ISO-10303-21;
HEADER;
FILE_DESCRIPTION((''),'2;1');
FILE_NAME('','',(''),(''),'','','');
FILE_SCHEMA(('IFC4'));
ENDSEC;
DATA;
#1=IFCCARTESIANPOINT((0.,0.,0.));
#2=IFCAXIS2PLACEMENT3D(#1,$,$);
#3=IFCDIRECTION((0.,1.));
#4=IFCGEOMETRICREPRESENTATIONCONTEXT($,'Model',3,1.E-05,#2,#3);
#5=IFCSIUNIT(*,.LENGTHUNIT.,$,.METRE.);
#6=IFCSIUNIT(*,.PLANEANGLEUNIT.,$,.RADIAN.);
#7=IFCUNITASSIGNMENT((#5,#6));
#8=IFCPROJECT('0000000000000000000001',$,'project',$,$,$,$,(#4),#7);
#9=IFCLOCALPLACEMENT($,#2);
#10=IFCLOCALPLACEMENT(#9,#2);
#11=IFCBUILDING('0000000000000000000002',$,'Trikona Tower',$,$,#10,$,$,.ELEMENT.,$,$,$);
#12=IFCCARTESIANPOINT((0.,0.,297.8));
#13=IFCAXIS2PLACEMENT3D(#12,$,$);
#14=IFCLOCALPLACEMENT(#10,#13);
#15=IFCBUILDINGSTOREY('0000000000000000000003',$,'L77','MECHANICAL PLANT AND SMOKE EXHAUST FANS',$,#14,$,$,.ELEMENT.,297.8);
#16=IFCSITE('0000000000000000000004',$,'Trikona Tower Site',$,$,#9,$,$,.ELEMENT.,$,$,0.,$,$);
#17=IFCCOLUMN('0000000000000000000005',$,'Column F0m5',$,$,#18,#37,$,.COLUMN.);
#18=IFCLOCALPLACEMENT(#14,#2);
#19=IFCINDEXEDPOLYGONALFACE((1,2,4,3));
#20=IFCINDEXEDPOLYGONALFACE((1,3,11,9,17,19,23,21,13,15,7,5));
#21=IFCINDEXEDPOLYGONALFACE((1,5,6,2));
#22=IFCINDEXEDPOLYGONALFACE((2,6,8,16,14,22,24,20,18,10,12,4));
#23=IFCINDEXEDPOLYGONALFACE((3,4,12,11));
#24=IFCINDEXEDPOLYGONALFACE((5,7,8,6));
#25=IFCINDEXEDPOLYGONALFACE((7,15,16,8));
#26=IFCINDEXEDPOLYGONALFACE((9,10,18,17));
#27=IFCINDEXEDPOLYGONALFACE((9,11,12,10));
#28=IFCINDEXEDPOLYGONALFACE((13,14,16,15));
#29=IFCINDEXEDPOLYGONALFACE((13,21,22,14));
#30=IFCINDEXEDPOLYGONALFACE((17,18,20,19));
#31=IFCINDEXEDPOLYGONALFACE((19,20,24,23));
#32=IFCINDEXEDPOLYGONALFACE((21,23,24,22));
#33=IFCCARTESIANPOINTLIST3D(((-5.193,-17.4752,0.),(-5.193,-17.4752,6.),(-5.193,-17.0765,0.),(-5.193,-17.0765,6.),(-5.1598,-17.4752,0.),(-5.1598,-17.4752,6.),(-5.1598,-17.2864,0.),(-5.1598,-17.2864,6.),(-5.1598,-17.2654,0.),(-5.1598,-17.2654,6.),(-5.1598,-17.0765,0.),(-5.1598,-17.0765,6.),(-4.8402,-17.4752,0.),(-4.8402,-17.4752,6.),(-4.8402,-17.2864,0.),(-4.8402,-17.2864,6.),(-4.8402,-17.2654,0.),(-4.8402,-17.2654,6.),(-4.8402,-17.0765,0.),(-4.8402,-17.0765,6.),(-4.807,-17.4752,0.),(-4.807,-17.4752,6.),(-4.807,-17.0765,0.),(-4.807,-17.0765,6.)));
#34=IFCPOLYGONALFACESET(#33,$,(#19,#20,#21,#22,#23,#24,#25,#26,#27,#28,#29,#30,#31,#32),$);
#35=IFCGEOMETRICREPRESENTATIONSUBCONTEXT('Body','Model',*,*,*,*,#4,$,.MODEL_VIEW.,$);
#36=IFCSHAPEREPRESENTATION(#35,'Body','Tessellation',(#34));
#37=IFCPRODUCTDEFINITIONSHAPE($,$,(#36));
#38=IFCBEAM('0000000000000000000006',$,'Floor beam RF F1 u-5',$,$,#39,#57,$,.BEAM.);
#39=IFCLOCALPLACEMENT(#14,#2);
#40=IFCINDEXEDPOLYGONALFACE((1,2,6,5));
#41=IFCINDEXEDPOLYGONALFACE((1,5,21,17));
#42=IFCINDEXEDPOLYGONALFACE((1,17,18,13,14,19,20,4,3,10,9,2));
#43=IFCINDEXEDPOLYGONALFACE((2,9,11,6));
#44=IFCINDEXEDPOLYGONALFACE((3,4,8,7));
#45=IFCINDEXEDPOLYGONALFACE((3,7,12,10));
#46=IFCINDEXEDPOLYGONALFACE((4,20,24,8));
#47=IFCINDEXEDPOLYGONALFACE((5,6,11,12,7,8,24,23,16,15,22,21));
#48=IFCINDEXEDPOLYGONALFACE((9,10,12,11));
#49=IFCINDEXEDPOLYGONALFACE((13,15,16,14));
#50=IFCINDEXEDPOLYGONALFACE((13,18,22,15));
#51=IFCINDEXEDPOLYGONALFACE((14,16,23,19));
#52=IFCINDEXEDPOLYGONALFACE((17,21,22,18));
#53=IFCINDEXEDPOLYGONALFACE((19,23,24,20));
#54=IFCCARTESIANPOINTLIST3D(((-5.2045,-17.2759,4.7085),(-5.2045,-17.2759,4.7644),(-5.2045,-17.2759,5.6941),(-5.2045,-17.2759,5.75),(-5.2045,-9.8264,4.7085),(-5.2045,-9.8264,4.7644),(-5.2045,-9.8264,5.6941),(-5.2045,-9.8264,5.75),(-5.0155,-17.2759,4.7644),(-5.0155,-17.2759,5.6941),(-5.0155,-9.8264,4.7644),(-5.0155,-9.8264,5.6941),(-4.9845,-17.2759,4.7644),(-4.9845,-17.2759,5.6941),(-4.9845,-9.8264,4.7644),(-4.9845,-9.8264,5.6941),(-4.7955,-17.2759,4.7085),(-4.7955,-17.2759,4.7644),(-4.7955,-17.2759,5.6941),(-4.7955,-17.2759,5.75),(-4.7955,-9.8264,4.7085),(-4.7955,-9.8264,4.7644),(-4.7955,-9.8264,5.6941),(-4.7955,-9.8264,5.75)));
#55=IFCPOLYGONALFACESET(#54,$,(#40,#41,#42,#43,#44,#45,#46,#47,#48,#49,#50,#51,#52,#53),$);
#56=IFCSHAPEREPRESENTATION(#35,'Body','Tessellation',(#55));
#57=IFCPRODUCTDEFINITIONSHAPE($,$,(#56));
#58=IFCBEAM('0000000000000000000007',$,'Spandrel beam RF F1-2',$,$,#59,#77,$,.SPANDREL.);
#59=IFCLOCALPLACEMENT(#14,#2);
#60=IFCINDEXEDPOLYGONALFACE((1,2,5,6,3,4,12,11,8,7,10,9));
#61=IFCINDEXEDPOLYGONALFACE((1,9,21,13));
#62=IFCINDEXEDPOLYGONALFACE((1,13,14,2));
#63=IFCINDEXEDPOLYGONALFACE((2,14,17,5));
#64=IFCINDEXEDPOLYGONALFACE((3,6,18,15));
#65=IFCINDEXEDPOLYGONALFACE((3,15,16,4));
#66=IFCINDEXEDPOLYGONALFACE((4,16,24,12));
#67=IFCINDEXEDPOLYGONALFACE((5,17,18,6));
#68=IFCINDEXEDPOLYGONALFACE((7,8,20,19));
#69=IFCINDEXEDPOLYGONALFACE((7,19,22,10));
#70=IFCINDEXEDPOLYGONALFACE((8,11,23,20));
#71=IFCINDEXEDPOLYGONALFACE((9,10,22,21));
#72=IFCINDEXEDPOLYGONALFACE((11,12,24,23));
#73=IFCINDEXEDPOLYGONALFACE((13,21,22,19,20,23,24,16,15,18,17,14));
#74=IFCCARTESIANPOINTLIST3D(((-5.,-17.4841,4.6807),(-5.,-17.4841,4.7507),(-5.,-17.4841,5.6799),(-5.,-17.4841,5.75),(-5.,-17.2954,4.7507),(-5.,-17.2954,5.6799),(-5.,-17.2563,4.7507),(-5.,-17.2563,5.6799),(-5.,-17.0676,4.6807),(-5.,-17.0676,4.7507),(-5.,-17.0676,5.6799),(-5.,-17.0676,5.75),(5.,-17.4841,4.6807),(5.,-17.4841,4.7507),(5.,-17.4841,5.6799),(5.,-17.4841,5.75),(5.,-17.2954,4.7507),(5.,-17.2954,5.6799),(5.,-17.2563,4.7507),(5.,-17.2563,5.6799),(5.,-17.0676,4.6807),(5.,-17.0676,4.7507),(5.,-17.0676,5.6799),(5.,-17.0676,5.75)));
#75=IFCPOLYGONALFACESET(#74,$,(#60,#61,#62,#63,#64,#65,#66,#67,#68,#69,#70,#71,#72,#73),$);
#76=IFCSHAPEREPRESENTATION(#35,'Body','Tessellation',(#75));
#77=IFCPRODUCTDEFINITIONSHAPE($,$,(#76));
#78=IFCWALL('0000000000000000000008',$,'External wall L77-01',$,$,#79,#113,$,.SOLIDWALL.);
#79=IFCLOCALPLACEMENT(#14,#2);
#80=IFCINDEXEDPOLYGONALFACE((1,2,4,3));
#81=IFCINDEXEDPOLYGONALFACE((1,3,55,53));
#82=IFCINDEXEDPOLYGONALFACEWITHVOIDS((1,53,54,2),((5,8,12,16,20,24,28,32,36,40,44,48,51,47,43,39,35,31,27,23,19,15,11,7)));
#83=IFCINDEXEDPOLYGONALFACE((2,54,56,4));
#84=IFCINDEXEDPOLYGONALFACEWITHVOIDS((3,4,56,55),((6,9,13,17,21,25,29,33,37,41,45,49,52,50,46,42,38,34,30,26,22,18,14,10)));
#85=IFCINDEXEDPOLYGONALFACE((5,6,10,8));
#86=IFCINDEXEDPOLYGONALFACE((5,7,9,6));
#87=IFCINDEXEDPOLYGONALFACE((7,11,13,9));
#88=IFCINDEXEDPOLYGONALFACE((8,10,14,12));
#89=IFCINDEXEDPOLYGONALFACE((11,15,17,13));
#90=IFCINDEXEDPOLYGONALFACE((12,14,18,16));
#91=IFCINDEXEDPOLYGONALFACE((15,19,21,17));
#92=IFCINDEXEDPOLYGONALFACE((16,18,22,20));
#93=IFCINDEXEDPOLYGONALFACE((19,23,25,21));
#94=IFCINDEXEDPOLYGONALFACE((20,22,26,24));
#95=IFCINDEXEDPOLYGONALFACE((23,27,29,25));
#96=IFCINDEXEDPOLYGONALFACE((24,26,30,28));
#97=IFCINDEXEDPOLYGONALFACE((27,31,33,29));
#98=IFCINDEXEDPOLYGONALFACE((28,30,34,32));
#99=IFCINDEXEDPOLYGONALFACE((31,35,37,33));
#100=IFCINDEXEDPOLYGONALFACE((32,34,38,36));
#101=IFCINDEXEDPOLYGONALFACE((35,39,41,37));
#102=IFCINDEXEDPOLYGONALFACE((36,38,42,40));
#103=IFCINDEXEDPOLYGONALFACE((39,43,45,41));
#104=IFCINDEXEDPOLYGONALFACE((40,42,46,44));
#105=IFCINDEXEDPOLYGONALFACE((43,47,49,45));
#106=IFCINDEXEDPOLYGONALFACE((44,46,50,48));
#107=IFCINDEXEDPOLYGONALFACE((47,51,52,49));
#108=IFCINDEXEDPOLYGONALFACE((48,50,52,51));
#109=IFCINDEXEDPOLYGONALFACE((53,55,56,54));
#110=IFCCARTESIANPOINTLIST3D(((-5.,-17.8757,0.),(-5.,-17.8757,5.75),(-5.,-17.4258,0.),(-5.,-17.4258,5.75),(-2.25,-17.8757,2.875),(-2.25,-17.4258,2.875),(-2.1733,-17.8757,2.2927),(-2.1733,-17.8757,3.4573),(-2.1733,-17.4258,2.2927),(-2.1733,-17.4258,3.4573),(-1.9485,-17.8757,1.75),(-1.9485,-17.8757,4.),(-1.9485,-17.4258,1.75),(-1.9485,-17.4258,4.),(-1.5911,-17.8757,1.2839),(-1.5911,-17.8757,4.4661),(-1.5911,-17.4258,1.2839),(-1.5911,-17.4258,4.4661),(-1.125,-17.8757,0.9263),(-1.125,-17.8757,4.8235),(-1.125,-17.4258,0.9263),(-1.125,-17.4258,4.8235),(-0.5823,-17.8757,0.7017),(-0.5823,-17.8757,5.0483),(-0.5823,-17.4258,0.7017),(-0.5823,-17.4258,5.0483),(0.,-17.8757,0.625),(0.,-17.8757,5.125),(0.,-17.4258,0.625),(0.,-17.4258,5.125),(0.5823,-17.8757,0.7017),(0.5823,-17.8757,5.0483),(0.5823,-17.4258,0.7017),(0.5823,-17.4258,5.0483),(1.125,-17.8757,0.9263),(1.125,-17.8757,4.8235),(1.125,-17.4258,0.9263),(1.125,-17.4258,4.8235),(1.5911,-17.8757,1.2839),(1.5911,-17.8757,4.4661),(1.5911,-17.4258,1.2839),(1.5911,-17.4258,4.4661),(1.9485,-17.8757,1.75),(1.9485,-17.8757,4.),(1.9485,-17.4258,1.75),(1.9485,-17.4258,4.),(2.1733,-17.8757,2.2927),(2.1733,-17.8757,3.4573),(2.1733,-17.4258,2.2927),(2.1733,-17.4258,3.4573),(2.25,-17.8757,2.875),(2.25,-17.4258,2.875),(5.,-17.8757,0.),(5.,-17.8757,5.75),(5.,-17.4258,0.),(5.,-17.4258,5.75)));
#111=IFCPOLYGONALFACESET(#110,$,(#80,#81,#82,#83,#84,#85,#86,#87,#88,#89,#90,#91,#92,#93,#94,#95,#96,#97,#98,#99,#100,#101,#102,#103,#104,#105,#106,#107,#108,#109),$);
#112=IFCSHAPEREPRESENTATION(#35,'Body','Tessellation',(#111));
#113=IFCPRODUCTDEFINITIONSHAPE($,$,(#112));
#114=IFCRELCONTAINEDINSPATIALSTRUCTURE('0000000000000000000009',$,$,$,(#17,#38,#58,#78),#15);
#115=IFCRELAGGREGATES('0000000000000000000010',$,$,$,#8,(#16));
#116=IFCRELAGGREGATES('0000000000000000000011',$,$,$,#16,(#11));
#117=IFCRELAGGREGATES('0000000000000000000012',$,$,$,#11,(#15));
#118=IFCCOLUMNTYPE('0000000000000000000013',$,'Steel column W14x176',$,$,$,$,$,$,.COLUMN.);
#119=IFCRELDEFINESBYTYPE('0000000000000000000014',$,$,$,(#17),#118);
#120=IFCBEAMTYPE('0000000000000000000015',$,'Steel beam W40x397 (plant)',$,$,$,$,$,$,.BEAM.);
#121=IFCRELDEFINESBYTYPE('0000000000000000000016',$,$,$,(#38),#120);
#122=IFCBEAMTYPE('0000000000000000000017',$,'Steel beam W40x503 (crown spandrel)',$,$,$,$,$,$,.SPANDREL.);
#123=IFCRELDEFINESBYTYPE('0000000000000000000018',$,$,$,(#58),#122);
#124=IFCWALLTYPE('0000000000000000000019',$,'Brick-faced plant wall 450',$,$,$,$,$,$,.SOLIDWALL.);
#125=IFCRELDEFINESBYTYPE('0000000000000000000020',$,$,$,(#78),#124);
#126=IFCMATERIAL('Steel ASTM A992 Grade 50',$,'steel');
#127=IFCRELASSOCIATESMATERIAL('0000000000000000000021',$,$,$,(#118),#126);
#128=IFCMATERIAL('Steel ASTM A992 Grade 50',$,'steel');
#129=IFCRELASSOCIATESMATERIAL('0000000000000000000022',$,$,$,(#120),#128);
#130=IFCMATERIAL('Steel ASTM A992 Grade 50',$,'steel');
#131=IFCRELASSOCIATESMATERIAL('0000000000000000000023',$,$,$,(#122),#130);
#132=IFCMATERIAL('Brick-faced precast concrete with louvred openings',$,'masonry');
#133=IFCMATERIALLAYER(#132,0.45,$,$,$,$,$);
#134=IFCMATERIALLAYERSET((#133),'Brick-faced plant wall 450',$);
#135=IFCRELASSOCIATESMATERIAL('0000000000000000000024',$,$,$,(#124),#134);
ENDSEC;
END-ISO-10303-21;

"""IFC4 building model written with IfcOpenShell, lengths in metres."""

from ifc_helpers import new_model, si_unit, direction, frame, origin, origin_2d, place, context, subcontext, project, spatial, polyline, i_section, outline, extrude, material, layer, layer_set, material_profile, profile_set, type_object, element, save


model = new_model("IFC4")

# Units and contexts
model_context = context("Model", 3, precision=1e-05, world=origin(), true_north=direction((0.0, 1.0)))
body_context = subcontext(model_context, "Body", "Model", "MODEL_VIEW")
ifc_project = project(units=[si_unit("LENGTHUNIT", "METRE"), si_unit("PLANEANGLEUNIT", "RADIAN")], contexts=[model_context])

# Site, building, storey
site_placement = place(None, origin())
site = spatial("IfcSite", under=ifc_project, at=site_placement, Name="Trikona Tower Site", CompositionType="ELEMENT", RefElevation=0.0)
building_placement = place(site_placement, origin())
building = spatial("IfcBuilding", under=site, at=building_placement, Name="Trikona Tower", CompositionType="ELEMENT")
storey_placement = place(building_placement, frame((0.0, 0.0, 297.8)))
storey = spatial("IfcBuildingStorey", under=building, at=storey_placement, Name="L77", Description="MECHANICAL PLANT AND SMOKE EXHAUST FANS", CompositionType="ELEMENT", Elevation=297.8)

# Column
ifc_material_1 = material(Name="Steel ASTM A992 Grade 50", Category="steel")
ifc_material_profile_1 = material_profile(ifc_material_1, i_section(OverallWidth=0.3987, OverallDepth=0.386, WebThickness=0.021, FlangeThickness=0.0332, at=origin_2d()), Name="W14X176")
ifc_profile_set_1 = profile_set([ifc_material_profile_1], Name="Steel ASTM A992 Grade 50")
column_type = type_object("IfcColumnType", Name="Steel column W14x176", PredefinedType="COLUMN", material=ifc_profile_set_1)
column_placement = place(storey_placement, frame((-5.0, -17.2759, 0.0), z_axis=(0.0, 0.0, 1.0), x_axis=(0.0, -1.0, 0.0)))
element("IfcColumn", 1, at=column_placement, inside=storey, type_object=column_type, Name="Column F0m5", PredefinedType="COLUMN", context=body_context, shape_type="SweptSolid", body=[
    extrude(i_section(OverallWidth=0.3987, OverallDepth=0.386, WebThickness=0.021, FlangeThickness=0.0332, at=origin_2d()), origin(), (0.0, 0.0, 1.0), 6.0),
])

# Beams
ifc_material_2 = material(Name="Steel ASTM A992 Grade 50", Category="steel")
ifc_material_profile_2 = material_profile(ifc_material_2, i_section(OverallWidth=0.4089, OverallDepth=1.0415, WebThickness=0.031, FlangeThickness=0.0559, at=origin_2d()), Name="W40X397")
ifc_profile_set_2 = profile_set([ifc_material_profile_2], Name="Steel ASTM A992 Grade 50")
beam_type_1 = type_object("IfcBeamType", Name="Steel beam W40x397 (plant)", PredefinedType="BEAM", material=ifc_profile_set_2)
beam_1_placement = place(storey_placement, frame((-5.0, -9.8264, 5.2292), z_axis=(0.0, -1.0, 0.0), x_axis=(1.0, 0.0, 0.0)))
element("IfcBeam", 2, at=beam_1_placement, inside=storey, type_object=beam_type_1, Name="Floor beam RF F1 u-5", PredefinedType="BEAM", context=body_context, shape_type="SweptSolid", body=[
    extrude(i_section(OverallWidth=0.4089, OverallDepth=1.0415, WebThickness=0.031, FlangeThickness=0.0559, at=origin_2d()), origin(), (0.0, 0.0, 1.0), 7.4495),
])
ifc_material_3 = material(Name="Steel ASTM A992 Grade 50", Category="steel")
ifc_material_profile_3 = material_profile(ifc_material_3, i_section(OverallWidth=0.4165, OverallDepth=1.0693, WebThickness=0.0391, FlangeThickness=0.0701, at=origin_2d()), Name="W40X503")
ifc_profile_set_3 = profile_set([ifc_material_profile_3], Name="Steel ASTM A992 Grade 50")
beam_type_2 = type_object("IfcBeamType", Name="Steel beam W40x503 (crown spandrel)", PredefinedType="SPANDREL", material=ifc_profile_set_3)
beam_2_placement = place(storey_placement, frame((-5.0, -17.2759, 5.2153), z_axis=(1.0, 0.0, 0.0), x_axis=(0.0, 1.0, 0.0)))
element("IfcBeam", 3, at=beam_2_placement, inside=storey, type_object=beam_type_2, Name="Spandrel beam RF F1-2", PredefinedType="SPANDREL", context=body_context, shape_type="SweptSolid", body=[
    extrude(i_section(OverallWidth=0.4165, OverallDepth=1.0693, WebThickness=0.0391, FlangeThickness=0.0701, at=origin_2d()), origin(), (0.0, 0.0, 1.0), 10.0),
])

# Wall
ifc_material_4 = material(Name="Brick-faced precast concrete with louvred openings", Category="masonry")
ifc_layer_1 = layer(ifc_material_4, 0.45)
ifc_layer_set_1 = layer_set([ifc_layer_1], Name="Brick-faced plant wall 450")
wall_type_1 = type_object("IfcWallType", Name="Brick-faced plant wall 450", PredefinedType="SOLIDWALL", material=ifc_layer_set_1)
wall_1_placement = place(storey_placement, frame((-5.0, -17.6509, 0.0), z_axis=(0.0, 0.0, 1.0), x_axis=(1.0, 0.0, 0.0)))
element("IfcWall", 4, at=wall_1_placement, inside=storey, type_object=wall_type_1, Name="External wall L77-01", PredefinedType="SOLIDWALL", context=body_context, shape_type="SweptSolid", body=[
    extrude(outline(polyline([(0.0, 0.0), (10.0, 0.0), (10.0, 5.75), (0.0, 5.75), (0.0, 0.0)]), holes=[polyline([(7.25, 2.875), (7.1733, 3.4573), (6.9485, 4.0), (6.5911, 4.4661), (6.125, 4.8235), (5.5823, 5.0483), (5.0, 5.125), (4.4177, 5.0483), (3.875, 4.8235), (3.4089, 4.4661), (3.0515, 4.0), (2.8267, 3.4573), (2.75, 2.875), (2.8267, 2.2927), (3.0515, 1.75), (3.4089, 1.2839), (3.875, 0.9263), (4.4177, 0.7017), (5.0, 0.625), (5.5823, 0.7017), (6.125, 0.9263), (6.5911, 1.2839), (6.9485, 1.75), (7.1733, 2.2927), (7.25, 2.875)])]), frame((0.0, 0.2251, 0.0), z_axis=(0.0, -1.0, 0.0), x_axis=(1.0, 0.0, 0.0)), (0.0, 0.0, 1.0), 0.45),
])

save(model, "model.ifc")
